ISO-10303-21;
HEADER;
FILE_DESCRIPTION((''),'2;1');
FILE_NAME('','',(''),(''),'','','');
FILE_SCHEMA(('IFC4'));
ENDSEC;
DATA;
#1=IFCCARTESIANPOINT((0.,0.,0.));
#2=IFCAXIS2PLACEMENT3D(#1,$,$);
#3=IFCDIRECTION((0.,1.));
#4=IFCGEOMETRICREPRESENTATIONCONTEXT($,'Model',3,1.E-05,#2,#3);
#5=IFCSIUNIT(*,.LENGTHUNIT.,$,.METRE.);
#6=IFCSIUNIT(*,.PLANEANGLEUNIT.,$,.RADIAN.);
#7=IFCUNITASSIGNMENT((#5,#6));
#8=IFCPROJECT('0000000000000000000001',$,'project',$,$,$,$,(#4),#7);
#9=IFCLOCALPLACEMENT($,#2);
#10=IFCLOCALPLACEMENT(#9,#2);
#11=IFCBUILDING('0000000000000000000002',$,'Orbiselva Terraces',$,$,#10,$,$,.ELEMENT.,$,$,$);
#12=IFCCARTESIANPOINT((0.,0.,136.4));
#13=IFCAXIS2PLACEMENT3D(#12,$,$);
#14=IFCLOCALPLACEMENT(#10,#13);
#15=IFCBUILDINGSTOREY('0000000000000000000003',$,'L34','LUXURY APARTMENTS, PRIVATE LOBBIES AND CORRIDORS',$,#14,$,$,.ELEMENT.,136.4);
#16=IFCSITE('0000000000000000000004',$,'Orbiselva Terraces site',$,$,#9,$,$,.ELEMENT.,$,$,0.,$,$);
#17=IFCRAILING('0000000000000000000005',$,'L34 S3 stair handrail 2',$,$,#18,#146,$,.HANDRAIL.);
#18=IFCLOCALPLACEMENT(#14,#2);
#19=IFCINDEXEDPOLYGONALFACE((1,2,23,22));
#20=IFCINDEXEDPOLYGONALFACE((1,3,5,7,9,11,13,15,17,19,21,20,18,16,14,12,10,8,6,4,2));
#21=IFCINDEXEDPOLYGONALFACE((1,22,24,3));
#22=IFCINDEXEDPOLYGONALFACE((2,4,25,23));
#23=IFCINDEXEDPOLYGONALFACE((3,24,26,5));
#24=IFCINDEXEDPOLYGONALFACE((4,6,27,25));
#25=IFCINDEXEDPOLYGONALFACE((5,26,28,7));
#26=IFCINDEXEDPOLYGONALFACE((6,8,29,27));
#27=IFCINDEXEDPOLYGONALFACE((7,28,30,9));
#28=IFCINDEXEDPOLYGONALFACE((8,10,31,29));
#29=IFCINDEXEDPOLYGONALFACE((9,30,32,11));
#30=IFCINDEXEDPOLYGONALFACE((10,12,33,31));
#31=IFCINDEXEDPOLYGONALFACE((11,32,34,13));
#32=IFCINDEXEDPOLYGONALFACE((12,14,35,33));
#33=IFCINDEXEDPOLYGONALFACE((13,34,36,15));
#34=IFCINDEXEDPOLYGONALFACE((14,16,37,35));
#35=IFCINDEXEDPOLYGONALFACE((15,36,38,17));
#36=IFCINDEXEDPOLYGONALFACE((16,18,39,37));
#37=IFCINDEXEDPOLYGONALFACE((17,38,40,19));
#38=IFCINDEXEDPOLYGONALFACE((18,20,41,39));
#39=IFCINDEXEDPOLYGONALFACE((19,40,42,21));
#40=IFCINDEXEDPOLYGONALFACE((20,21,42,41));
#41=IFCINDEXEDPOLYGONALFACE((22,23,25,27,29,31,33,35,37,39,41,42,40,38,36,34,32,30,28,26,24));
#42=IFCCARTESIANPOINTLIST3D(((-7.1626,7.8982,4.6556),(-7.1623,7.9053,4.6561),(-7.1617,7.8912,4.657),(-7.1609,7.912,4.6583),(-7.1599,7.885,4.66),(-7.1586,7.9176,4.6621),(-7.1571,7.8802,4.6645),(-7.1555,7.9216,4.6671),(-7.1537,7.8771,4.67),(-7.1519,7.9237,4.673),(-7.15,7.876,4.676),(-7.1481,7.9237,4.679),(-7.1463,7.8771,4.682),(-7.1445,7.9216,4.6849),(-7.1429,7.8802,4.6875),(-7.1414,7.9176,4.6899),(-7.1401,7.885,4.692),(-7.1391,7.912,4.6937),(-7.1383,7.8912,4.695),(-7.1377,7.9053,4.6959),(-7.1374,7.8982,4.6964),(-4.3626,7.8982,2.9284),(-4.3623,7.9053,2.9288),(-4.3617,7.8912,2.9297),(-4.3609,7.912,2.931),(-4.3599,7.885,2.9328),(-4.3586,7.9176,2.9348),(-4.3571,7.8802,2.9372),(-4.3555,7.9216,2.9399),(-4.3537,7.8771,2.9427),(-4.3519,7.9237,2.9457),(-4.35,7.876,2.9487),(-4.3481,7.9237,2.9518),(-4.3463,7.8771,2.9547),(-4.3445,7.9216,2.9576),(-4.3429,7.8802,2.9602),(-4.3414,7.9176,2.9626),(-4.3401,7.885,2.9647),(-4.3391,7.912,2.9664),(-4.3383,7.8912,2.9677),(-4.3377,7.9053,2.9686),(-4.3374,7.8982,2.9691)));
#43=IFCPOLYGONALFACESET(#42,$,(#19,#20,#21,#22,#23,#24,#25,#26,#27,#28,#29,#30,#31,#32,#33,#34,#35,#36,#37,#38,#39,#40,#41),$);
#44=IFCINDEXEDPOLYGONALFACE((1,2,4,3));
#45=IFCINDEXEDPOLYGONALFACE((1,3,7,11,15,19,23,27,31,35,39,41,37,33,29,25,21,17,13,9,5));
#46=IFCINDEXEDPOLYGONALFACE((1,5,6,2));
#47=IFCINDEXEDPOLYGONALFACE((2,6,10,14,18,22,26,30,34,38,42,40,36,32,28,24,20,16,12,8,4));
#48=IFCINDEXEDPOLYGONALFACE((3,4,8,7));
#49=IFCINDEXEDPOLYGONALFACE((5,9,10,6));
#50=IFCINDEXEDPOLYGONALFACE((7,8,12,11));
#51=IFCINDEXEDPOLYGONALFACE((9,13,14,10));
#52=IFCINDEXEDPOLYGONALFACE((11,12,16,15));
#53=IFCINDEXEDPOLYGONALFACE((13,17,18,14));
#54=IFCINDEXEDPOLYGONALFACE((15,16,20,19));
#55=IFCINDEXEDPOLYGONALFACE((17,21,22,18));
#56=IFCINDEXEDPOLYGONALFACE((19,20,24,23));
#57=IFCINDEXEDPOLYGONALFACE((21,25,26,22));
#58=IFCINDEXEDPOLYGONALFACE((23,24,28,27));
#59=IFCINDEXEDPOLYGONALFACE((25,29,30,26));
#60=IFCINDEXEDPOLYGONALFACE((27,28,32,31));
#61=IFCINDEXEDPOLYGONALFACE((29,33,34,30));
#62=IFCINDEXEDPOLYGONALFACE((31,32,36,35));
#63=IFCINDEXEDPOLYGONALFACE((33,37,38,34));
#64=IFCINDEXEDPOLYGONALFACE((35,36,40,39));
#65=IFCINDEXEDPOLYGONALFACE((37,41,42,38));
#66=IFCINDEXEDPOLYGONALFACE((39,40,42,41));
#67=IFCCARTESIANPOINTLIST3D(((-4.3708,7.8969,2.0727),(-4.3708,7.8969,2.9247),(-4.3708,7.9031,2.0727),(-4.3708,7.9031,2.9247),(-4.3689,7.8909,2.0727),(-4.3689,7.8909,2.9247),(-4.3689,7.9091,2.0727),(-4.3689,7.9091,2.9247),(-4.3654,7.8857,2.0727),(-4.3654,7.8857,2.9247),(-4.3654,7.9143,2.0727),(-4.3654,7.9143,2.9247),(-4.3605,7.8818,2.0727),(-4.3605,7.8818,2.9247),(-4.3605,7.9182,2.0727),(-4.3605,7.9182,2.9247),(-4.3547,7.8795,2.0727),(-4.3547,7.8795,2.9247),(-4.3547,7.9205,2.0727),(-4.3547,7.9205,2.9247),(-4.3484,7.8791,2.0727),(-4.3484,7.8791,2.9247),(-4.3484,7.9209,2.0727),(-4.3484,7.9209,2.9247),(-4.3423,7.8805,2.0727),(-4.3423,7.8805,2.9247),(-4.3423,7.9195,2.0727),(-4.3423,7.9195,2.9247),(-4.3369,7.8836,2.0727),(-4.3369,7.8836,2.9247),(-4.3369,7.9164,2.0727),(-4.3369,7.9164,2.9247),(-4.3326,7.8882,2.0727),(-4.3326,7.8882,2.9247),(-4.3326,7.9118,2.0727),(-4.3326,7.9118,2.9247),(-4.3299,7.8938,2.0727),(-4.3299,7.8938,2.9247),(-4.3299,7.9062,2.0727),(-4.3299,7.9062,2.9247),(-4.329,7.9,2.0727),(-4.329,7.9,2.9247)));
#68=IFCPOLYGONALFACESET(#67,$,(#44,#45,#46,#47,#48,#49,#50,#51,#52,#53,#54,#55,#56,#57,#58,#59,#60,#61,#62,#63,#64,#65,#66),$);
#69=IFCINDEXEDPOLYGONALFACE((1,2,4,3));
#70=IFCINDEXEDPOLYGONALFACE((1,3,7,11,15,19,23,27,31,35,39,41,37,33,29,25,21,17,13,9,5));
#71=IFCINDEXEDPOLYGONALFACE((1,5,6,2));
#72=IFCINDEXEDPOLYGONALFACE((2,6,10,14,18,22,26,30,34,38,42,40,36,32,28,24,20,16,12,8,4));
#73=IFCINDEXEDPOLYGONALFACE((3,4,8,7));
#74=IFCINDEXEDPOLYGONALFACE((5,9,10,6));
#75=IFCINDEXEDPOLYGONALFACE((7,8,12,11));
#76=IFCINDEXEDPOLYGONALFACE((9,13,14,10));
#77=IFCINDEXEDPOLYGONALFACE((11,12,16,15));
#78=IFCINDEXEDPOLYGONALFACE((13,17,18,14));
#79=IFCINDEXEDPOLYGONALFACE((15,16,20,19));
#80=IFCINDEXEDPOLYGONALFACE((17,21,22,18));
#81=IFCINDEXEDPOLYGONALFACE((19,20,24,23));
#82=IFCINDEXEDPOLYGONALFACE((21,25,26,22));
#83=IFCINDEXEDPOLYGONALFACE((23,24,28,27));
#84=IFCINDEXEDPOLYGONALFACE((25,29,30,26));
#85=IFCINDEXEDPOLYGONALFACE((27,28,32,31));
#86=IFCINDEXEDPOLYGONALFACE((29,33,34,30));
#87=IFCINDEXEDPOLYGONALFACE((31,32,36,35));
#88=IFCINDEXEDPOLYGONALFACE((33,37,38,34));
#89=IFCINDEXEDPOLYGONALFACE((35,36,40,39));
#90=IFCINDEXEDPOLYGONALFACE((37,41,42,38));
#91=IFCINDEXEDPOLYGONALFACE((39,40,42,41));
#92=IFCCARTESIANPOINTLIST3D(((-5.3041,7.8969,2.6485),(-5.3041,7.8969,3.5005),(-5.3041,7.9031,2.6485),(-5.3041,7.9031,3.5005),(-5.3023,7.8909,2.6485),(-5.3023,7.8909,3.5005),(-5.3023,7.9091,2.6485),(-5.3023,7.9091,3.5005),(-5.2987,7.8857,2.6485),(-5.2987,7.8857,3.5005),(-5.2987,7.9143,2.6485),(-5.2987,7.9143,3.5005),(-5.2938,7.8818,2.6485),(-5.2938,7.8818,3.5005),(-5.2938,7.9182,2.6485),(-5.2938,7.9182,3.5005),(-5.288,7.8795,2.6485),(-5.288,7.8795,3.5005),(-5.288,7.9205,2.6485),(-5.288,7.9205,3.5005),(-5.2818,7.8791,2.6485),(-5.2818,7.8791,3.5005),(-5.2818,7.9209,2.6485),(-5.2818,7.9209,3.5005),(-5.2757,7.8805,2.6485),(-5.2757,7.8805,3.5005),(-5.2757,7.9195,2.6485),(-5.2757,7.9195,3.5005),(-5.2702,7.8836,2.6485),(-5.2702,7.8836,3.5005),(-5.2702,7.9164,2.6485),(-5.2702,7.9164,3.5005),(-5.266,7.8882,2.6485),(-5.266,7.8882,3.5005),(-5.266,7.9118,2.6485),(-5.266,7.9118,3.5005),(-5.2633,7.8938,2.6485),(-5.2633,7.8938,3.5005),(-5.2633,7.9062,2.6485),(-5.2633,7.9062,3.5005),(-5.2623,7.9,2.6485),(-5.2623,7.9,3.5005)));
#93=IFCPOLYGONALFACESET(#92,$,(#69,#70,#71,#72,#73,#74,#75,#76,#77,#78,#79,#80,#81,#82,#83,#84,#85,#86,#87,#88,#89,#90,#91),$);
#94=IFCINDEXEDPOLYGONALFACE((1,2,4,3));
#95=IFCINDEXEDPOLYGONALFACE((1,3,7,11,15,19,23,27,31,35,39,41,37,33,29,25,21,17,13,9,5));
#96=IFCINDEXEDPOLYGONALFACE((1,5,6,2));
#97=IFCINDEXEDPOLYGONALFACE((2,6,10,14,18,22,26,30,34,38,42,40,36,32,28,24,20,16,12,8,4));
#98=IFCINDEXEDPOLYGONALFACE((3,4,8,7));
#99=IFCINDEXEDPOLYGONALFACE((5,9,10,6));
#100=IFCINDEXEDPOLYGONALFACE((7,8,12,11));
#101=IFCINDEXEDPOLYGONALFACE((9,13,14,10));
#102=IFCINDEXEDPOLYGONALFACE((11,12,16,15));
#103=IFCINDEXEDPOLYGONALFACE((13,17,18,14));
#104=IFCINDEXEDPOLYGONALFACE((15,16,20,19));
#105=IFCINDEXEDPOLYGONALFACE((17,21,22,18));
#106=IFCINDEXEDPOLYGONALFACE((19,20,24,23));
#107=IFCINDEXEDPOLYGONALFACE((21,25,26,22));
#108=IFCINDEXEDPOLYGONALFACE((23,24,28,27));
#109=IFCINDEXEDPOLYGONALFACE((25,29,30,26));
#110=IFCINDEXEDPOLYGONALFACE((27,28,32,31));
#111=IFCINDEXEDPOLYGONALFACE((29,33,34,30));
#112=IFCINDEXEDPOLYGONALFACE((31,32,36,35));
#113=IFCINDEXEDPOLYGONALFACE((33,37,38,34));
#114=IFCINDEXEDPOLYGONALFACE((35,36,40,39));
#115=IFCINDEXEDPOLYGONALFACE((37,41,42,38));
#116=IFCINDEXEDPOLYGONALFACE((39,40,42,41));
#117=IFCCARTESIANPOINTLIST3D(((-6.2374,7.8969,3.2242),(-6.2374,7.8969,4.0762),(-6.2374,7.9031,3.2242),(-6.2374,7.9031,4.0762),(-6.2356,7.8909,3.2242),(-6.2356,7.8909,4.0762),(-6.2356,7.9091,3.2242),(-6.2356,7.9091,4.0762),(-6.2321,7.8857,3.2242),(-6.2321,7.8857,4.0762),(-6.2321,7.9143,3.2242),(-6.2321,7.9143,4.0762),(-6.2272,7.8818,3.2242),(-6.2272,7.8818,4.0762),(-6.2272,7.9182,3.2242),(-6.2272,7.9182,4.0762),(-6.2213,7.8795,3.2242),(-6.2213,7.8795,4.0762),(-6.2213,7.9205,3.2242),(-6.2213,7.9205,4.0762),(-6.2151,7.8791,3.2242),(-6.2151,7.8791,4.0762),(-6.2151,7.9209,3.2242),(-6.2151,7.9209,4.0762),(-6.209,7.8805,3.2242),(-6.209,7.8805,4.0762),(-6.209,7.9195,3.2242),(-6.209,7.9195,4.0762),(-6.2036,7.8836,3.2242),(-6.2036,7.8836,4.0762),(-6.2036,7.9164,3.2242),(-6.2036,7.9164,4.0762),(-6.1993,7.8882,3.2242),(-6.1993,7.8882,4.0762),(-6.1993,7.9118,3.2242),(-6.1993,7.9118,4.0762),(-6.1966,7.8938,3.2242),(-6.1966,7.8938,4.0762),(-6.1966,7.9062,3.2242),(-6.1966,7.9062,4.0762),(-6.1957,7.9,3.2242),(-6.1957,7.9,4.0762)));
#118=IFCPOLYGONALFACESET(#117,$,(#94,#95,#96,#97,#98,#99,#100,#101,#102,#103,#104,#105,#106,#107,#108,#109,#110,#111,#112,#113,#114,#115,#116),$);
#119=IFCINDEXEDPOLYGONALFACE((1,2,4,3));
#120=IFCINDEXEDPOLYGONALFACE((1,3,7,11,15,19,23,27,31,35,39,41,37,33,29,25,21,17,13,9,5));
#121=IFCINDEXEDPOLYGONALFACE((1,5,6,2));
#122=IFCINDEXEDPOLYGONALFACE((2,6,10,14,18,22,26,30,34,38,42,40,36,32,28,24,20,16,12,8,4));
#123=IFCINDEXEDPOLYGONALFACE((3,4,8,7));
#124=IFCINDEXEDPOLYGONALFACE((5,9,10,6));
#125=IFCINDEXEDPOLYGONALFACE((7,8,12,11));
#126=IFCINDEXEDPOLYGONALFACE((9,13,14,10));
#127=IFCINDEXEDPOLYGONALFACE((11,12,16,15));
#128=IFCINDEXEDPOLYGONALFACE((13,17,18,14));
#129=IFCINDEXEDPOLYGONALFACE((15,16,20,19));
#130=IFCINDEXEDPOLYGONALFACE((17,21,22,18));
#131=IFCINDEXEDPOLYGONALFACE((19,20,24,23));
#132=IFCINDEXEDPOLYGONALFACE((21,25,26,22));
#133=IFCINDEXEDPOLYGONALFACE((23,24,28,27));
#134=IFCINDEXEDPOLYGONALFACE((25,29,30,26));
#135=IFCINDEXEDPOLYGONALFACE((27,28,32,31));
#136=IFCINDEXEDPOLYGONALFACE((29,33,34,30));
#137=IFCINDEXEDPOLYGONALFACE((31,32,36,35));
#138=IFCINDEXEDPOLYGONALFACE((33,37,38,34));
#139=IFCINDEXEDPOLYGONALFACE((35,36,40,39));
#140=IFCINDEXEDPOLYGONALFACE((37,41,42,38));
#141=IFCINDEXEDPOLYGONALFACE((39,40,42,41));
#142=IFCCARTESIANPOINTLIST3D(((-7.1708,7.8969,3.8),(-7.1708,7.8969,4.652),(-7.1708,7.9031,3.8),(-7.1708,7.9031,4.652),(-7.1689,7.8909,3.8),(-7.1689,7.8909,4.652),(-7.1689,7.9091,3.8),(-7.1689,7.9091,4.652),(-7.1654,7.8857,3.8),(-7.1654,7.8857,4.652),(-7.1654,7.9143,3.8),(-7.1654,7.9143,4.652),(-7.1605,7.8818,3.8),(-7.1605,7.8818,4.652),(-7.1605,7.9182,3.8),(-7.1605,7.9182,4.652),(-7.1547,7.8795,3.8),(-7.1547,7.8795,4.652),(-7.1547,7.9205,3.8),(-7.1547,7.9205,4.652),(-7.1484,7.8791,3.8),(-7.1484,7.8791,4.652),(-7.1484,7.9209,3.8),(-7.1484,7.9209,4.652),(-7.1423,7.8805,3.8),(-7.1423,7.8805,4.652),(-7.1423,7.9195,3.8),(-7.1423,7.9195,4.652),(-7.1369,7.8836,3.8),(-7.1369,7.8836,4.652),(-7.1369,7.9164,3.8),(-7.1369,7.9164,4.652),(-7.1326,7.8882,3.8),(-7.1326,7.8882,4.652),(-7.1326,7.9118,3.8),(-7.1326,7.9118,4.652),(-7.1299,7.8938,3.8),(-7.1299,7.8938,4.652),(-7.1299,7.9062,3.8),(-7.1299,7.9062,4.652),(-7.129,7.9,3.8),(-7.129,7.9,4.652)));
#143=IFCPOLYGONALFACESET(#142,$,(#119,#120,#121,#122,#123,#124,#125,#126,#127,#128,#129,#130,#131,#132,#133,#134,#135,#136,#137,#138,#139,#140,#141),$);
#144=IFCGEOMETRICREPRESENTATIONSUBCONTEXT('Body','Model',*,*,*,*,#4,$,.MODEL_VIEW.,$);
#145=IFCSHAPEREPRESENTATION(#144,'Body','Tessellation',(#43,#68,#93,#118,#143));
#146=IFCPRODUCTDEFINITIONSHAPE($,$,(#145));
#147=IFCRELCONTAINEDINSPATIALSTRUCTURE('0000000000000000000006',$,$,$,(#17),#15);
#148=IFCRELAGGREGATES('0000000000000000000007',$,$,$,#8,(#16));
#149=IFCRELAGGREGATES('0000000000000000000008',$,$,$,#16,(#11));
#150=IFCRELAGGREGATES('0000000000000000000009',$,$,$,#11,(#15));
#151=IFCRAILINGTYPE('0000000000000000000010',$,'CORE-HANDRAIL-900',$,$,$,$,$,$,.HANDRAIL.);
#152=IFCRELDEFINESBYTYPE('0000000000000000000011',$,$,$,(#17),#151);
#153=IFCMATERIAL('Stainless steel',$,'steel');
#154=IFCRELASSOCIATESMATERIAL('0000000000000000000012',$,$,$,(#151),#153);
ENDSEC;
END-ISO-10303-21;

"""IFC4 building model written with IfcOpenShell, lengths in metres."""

from ifc_helpers import new_model, si_unit, direction, frame, origin, origin_2d, place, context, subcontext, project, spatial, circle, extrude, material, type_object, element, save


model = new_model("IFC4")

# Units and contexts
model_context = context("Model", 3, precision=1e-05, world=origin(), true_north=direction((0.0, 1.0)))
body_context = subcontext(model_context, "Body", "Model", "MODEL_VIEW")
ifc_project = project(units=[si_unit("LENGTHUNIT", "METRE"), si_unit("PLANEANGLEUNIT", "RADIAN")], contexts=[model_context])

# Site, building, storey
site_placement = place(None, origin())
site = spatial("IfcSite", under=ifc_project, at=site_placement, Name="Orbiselva Terraces site", CompositionType="ELEMENT", RefElevation=0.0)
building_placement = place(site_placement, origin())
building = spatial("IfcBuilding", under=site, at=building_placement, Name="Orbiselva Terraces", CompositionType="ELEMENT")
storey_placement = place(building_placement, frame((0.0, 0.0, 136.4)))
storey = spatial("IfcBuildingStorey", under=building, at=storey_placement, Name="L34", Description="LUXURY APARTMENTS, PRIVATE LOBBIES AND CORRIDORS", CompositionType="ELEMENT", Elevation=136.4)

# Railing
ifc_material_1 = material(Name="Stainless steel", Category="steel")
railing_type_1 = type_object("IfcRailingType", Name="CORE-HANDRAIL-900", PredefinedType="HANDRAIL", material=ifc_material_1)
railing_1_placement = place(storey_placement, frame((-4.35, 7.9, 2.0727)))
element("IfcRailing", 1, at=railing_1_placement, inside=storey, type_object=railing_type_1, Name="L34 S3 stair handrail 2", PredefinedType="HANDRAIL", context=body_context, shape_type="SweptSolid", body=[
    extrude(circle(Radius=0.024, at=origin_2d()), frame((0.0, 0.0, 0.876), z_axis=(-0.851089, 0.0, 0.525022), x_axis=(0.0, -1.0, 0.0)), (0.0, 0.0, 1.0), 3.2899),
    extrude(circle(Radius=0.021, at=origin_2d()), origin(), (0.0, 0.0, 1.0), 0.852),
    extrude(circle(Radius=0.021, at=origin_2d()), frame((-0.9333, 0.0, 0.5758)), (0.0, 0.0, 1.0), 0.852),
    extrude(circle(Radius=0.021, at=origin_2d()), frame((-1.8667, 0.0, 1.1515)), (0.0, 0.0, 1.0), 0.852),
    extrude(circle(Radius=0.021, at=origin_2d()), frame((-2.8, 0.0, 1.7273)), (0.0, 0.0, 1.0), 0.852),
])

save(model, "model.ifc")
